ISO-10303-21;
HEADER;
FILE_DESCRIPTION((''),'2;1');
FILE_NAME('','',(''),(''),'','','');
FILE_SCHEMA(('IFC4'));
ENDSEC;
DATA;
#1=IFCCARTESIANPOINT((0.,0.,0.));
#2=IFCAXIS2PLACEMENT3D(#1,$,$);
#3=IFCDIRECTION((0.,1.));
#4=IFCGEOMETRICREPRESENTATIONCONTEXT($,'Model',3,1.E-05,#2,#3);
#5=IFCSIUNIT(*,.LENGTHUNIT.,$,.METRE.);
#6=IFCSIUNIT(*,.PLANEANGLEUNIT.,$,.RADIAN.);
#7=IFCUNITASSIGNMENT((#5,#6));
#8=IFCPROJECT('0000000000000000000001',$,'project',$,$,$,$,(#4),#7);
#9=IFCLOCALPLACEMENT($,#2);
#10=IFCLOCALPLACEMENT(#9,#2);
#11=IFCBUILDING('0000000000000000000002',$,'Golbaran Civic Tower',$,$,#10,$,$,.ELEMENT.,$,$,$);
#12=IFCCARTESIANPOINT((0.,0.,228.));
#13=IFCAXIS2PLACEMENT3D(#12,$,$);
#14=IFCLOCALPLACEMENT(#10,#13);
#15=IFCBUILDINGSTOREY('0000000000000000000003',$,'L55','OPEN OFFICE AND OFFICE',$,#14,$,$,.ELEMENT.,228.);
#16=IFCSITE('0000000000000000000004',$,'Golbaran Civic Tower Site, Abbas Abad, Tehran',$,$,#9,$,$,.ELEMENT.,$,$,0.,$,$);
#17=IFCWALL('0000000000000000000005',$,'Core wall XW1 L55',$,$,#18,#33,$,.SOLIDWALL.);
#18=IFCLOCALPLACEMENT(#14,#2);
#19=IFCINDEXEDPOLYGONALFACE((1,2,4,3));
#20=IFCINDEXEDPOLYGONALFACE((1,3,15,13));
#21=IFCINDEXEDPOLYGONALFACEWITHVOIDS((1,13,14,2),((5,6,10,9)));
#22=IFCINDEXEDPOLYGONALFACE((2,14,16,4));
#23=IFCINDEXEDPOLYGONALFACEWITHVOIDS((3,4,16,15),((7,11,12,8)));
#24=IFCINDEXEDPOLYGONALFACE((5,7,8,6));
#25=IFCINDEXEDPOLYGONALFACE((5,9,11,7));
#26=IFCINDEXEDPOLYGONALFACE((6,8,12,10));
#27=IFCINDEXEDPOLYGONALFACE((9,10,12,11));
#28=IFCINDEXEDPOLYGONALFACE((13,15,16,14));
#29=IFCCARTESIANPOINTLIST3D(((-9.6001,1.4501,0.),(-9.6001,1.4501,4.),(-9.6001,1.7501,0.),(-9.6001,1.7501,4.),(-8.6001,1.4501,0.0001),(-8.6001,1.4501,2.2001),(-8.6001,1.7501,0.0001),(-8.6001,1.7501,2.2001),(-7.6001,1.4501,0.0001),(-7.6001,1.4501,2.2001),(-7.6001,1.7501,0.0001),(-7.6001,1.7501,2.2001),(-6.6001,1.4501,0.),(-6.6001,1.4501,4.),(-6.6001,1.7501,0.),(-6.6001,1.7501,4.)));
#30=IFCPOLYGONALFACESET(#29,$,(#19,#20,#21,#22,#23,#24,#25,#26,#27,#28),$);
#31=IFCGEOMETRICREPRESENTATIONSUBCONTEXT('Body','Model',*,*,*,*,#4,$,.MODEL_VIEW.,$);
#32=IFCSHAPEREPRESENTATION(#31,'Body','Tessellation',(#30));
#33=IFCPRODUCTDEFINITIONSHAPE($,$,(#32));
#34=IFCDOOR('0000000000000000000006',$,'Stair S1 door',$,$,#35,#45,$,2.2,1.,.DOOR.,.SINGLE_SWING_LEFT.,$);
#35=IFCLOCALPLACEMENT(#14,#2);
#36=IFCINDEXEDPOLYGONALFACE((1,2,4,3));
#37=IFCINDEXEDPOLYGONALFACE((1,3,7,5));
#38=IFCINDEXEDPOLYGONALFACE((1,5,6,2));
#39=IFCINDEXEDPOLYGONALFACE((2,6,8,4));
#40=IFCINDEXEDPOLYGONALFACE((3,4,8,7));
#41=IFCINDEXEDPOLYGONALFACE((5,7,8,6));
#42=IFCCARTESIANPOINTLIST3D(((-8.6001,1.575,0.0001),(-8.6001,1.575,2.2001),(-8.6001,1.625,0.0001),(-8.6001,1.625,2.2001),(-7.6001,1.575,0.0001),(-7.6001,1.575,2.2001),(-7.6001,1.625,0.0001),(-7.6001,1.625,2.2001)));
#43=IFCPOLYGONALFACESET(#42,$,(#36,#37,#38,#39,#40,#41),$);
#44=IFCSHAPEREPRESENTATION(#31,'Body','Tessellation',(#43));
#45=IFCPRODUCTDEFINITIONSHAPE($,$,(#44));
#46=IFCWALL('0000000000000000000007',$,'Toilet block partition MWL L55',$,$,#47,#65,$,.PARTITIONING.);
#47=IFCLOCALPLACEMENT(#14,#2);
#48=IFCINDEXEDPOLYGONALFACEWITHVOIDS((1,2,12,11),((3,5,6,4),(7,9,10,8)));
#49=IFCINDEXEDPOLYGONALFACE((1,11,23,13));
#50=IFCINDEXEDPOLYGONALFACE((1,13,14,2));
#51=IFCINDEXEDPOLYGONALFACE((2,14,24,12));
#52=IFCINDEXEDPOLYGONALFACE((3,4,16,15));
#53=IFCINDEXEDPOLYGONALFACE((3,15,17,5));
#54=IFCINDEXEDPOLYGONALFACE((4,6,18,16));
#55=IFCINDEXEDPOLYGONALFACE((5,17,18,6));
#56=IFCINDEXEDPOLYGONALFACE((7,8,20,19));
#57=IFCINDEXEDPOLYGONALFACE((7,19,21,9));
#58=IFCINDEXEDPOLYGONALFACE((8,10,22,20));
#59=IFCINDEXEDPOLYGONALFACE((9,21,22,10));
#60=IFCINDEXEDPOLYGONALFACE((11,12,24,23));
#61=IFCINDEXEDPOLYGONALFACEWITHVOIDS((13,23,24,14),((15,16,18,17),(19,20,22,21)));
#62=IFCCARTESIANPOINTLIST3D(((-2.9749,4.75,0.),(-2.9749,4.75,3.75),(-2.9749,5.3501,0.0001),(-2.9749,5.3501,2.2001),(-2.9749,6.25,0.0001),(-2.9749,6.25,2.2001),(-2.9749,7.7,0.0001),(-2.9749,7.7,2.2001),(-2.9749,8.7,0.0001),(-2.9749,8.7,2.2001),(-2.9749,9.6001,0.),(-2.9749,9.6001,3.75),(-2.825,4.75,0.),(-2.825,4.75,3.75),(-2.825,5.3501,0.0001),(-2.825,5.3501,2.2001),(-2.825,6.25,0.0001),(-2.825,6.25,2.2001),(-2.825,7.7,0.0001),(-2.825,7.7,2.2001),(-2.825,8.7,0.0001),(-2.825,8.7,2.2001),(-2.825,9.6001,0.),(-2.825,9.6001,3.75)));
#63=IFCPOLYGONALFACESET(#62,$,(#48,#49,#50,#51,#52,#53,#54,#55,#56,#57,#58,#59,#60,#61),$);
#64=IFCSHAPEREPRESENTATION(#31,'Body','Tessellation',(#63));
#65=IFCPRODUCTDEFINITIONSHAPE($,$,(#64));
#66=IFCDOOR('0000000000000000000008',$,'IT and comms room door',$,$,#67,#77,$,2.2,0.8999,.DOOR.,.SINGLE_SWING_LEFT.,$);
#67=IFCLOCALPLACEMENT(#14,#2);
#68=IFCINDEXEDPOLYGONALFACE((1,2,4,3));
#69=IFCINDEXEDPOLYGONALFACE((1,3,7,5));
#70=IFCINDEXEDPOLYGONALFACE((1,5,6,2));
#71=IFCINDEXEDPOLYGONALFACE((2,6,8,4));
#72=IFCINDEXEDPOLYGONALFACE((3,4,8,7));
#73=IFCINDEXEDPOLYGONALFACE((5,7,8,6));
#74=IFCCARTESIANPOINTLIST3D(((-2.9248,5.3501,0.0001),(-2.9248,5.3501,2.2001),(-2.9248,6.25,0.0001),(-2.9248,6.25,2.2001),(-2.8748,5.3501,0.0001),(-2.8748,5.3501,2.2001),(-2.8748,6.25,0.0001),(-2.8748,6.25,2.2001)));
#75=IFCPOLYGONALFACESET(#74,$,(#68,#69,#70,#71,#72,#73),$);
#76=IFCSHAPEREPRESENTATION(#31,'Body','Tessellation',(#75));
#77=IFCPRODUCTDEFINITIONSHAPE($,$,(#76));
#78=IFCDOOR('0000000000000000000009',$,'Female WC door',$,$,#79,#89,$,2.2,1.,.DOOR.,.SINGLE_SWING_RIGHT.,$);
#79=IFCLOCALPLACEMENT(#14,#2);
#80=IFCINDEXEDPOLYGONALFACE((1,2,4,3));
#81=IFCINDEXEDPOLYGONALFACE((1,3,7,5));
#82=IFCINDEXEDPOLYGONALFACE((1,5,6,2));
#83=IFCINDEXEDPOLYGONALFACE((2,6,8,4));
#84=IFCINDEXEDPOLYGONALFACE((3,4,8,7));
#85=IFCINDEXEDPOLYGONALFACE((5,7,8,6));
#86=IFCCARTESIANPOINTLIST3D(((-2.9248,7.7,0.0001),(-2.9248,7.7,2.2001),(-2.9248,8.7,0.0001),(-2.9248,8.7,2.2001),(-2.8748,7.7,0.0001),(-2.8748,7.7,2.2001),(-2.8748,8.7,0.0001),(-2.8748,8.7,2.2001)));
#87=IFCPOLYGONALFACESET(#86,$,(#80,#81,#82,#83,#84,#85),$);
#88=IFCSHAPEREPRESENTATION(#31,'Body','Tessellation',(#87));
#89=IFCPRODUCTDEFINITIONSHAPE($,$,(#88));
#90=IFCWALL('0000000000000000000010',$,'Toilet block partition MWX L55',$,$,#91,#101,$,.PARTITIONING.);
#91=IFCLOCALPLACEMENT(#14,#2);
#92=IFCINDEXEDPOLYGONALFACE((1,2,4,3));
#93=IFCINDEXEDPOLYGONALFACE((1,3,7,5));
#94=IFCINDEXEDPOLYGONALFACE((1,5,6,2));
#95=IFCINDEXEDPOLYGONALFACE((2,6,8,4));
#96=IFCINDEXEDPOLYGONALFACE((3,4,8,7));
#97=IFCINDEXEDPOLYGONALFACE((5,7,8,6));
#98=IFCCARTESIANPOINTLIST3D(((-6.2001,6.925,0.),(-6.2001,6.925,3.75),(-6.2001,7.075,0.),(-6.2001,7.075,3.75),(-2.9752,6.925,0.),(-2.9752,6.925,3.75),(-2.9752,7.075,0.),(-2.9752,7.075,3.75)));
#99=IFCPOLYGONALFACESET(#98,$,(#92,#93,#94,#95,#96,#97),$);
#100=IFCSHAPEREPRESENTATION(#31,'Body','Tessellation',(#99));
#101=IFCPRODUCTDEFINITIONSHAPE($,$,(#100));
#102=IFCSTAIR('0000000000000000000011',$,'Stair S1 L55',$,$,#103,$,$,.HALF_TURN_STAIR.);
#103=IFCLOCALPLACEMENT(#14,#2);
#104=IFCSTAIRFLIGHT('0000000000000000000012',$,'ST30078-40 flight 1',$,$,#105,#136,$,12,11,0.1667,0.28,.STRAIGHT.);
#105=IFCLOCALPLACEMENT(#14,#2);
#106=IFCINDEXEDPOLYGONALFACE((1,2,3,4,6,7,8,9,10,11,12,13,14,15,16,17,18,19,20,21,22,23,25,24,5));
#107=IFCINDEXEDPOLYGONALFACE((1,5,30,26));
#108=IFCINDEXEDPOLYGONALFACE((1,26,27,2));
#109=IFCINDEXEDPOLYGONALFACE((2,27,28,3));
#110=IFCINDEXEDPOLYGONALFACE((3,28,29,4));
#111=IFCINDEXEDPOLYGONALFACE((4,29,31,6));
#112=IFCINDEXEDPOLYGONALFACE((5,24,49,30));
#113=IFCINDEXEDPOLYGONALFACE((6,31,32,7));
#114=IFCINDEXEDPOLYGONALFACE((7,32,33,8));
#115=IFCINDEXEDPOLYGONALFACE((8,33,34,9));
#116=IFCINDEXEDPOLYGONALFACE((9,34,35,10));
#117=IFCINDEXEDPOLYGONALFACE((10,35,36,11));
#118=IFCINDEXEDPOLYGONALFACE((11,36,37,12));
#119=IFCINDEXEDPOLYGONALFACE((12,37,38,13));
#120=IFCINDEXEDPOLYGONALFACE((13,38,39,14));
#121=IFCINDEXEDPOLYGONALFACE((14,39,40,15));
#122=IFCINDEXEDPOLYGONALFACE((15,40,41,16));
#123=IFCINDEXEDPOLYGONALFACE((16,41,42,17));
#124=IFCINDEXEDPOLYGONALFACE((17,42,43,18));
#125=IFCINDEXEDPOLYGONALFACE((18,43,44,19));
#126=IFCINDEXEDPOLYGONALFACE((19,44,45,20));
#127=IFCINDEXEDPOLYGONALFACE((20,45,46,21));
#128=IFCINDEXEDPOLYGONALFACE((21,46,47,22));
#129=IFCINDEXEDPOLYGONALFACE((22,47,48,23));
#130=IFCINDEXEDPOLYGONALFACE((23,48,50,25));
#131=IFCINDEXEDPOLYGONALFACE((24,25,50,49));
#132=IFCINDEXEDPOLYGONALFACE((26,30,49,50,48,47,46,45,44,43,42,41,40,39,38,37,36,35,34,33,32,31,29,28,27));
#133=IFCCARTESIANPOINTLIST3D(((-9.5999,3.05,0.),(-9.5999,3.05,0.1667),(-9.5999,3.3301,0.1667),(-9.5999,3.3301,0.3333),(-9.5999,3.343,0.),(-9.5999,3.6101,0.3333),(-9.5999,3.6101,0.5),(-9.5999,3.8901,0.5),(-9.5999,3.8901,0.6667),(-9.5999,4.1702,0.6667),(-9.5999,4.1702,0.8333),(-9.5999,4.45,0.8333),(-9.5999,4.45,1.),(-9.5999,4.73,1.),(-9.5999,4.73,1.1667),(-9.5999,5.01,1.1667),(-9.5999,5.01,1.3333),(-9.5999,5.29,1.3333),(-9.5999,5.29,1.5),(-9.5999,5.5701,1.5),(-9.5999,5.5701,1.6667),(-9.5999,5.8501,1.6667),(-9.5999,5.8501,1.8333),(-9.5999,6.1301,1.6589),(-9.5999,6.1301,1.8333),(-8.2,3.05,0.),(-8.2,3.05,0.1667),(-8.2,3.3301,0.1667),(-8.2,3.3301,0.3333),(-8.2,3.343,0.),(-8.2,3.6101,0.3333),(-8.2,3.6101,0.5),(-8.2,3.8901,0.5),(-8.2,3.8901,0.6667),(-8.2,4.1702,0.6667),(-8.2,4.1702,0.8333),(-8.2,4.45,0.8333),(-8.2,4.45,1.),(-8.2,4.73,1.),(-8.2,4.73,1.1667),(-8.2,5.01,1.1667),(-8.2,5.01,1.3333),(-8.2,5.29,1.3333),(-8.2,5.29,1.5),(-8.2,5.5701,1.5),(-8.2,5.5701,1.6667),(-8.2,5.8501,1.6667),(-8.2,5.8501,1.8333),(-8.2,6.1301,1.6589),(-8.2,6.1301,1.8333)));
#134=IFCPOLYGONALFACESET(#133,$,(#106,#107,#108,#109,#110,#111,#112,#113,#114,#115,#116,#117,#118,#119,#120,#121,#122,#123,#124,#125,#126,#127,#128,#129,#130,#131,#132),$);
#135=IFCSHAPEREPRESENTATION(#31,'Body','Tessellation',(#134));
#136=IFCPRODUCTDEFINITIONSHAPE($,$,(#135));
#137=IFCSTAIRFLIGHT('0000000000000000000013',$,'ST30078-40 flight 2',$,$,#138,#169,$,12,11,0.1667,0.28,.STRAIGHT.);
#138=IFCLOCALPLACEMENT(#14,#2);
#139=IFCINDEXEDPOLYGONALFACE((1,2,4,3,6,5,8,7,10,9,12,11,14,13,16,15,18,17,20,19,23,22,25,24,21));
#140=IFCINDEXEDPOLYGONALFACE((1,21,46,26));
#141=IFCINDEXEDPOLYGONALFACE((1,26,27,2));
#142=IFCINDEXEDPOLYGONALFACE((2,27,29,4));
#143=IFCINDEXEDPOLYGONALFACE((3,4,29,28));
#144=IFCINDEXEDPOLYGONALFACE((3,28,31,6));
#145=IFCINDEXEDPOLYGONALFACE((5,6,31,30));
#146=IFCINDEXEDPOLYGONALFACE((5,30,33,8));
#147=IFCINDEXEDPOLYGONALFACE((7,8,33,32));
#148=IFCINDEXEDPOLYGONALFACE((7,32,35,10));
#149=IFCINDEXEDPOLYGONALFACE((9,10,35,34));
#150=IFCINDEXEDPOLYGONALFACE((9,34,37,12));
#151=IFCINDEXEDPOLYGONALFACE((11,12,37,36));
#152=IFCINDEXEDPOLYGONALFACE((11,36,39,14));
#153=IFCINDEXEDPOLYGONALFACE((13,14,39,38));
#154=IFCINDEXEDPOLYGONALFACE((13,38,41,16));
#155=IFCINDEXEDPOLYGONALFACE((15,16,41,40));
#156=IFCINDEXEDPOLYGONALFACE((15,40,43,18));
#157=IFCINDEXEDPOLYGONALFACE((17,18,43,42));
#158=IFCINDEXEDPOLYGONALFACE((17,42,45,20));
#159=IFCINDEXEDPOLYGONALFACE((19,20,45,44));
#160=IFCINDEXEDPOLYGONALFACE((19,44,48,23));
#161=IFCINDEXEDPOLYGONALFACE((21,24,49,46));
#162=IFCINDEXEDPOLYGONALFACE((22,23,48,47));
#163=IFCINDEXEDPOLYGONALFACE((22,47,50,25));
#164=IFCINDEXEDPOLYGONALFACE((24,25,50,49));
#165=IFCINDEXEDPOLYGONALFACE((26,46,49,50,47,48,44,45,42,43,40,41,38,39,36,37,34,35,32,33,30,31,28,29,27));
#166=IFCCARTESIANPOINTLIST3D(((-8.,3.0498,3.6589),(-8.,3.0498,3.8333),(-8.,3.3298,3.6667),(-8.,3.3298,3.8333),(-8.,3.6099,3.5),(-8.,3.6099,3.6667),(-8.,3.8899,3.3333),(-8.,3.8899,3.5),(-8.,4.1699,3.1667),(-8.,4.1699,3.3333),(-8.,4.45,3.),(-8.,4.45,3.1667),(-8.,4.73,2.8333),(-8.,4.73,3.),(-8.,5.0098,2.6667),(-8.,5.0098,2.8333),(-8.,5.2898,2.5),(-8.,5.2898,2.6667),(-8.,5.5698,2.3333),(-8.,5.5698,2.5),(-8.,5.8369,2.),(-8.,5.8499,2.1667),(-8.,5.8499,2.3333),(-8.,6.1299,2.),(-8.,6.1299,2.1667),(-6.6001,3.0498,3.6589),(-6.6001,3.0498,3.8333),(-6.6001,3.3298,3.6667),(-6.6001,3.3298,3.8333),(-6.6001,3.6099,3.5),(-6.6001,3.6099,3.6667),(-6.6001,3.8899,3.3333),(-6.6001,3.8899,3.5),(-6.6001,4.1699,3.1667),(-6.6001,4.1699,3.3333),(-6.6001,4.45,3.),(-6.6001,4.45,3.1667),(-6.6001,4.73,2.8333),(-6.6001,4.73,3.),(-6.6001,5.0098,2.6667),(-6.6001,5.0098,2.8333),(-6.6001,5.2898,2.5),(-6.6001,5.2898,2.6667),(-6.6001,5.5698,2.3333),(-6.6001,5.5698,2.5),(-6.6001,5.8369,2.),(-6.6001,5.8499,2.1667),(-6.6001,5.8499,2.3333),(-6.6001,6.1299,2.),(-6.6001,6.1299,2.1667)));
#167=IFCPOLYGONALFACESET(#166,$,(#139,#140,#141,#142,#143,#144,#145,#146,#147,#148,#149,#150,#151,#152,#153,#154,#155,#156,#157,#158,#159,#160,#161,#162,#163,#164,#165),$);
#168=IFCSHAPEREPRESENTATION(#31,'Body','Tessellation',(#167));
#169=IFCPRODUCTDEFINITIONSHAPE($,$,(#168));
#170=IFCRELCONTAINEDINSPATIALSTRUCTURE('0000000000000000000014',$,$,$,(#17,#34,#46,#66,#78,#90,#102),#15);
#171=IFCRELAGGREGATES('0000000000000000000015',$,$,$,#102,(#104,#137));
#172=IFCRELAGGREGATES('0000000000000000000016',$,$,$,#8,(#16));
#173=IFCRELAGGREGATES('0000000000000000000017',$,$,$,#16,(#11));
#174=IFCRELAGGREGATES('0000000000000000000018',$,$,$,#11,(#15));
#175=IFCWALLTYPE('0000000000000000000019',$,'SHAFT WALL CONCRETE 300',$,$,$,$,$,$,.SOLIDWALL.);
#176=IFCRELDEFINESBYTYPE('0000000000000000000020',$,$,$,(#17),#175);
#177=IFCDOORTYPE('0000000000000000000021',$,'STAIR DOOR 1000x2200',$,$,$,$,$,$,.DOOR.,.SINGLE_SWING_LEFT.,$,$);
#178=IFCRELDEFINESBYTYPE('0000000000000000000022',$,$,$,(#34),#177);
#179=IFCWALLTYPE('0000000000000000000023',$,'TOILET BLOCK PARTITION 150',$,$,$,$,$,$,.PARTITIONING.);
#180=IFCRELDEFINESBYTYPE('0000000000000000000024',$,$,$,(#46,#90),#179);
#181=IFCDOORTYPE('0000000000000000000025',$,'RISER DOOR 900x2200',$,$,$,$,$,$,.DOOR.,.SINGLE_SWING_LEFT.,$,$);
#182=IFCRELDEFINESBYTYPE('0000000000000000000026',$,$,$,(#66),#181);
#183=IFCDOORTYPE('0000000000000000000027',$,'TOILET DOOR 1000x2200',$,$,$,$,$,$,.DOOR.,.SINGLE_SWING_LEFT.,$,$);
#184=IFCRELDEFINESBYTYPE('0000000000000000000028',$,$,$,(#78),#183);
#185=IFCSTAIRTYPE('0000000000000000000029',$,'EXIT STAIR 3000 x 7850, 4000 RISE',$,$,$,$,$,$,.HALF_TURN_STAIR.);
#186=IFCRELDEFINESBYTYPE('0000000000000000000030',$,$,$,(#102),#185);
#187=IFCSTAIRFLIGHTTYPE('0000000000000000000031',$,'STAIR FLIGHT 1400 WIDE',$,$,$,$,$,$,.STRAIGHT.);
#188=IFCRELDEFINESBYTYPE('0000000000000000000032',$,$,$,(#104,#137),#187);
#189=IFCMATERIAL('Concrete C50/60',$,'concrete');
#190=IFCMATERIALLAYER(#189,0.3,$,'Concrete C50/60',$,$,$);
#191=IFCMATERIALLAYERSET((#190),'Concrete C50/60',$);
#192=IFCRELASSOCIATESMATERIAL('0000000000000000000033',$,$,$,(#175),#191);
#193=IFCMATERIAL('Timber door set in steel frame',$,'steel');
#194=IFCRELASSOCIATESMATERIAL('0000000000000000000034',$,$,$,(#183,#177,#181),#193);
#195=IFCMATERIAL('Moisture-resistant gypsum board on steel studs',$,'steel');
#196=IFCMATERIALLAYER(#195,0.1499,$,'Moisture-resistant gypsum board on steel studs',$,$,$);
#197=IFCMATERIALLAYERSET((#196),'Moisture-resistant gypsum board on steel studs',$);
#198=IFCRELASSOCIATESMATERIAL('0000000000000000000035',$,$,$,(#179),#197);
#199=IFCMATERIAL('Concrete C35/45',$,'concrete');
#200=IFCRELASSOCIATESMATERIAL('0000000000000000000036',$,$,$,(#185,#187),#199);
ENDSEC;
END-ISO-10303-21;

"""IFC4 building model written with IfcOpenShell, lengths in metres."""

from ifc_helpers import new_model, si_unit, direction, frame, frame_2d, origin, place, context, subcontext, project, spatial, polyline, rectangle, outline, extrude, material, layer, layer_set, type_object, element, fill, aggregate, save


model = new_model("IFC4")

# Units and contexts
model_context = context("Model", 3, precision=1e-05, world=origin(), true_north=direction((0.0, 1.0)))
body_context = subcontext(model_context, "Body", "Model", "MODEL_VIEW")
ifc_project = project(units=[si_unit("LENGTHUNIT", "METRE"), si_unit("PLANEANGLEUNIT", "RADIAN")], contexts=[model_context])

# Site, building, storey
site_placement = place(None, origin())
site = spatial("IfcSite", under=ifc_project, at=site_placement, Name="Golbaran Civic Tower Site, Abbas Abad, Tehran", CompositionType="ELEMENT", RefElevation=0.0)
building_placement = place(site_placement, origin())
building = spatial("IfcBuilding", under=site, at=building_placement, Name="Golbaran Civic Tower", CompositionType="ELEMENT")
storey_placement = place(building_placement, frame((0.0, 0.0, 228.0)))
storey = spatial("IfcBuildingStorey", under=building, at=storey_placement, Name="L55", Description="OPEN OFFICE AND OFFICE", CompositionType="ELEMENT", Elevation=228.0)

# Shared definitions
ifc_material_1 = material(Name="Concrete C35/45", Category="concrete")

# Shared definitions
ifc_material_2 = material(Name="Concrete C50/60", Category="concrete")

# Shared definitions
ifc_layer_1 = layer(ifc_material_2, 0.3, Name="Concrete C50/60")
ifc_layer_set_1 = layer_set([ifc_layer_1], Name="Concrete C50/60")
wall_type_1 = type_object("IfcWallType", Name="SHAFT WALL CONCRETE 300", PredefinedType="SOLIDWALL", material=ifc_layer_set_1)

# Wall, opening, door
ifc_material_3 = material(Name="Timber door set in steel frame", Category="steel")
door_type_1 = type_object("IfcDoorType", Name="TOILET DOOR 1000x2200", OperationType="SINGLE_SWING_LEFT", PredefinedType="DOOR", material=ifc_material_3)
wall_1_placement = place(storey_placement, frame((-9.6001, 1.6001, 0.0), z_axis=(0.0, 0.0, 1.0), x_axis=(1.0, 0.0, 0.0)))
wall_1 = element("IfcWall", 1, at=wall_1_placement, inside=storey, type_object=wall_type_1, Name="Core wall XW1 L55", PredefinedType="SOLIDWALL", context=body_context, shape_type="SweptSolid", body=[
    extrude(rectangle(XDim=3.0, YDim=0.3, at=frame_2d((1.5, 0.0))), origin(), (0.0, 0.0, 1.0), 4.0),
])
opening_1_placement = place(wall_1_placement, frame((1.0, 0.0, 0.0)))
opening_1 = element("IfcOpeningElement", 2, at=opening_1_placement, cuts=wall_1, PredefinedType="OPENING", context=body_context, shape_type="SweptSolid", body=[
    extrude(rectangle(XDim=1.0, YDim=2.2, at=frame_2d((0.5, 1.1001))), frame((0.0, 0.1599, 0.0), z_axis=(0.0, -1.0, 0.0), x_axis=(1.0, 0.0, 0.0)), (0.0, 0.0, 1.0), 0.3201),
])
door_type_2 = type_object("IfcDoorType", Name="STAIR DOOR 1000x2200", OperationType="SINGLE_SWING_LEFT", PredefinedType="DOOR", material=ifc_material_3)
door_1_placement = place(opening_1_placement, origin())
door_1 = element("IfcDoor", 3, at=door_1_placement, inside=storey, type_object=door_type_2, Name="Stair S1 door", OperationType="SINGLE_SWING_LEFT", OverallHeight=2.2, OverallWidth=1.0, PredefinedType="DOOR", context=body_context, shape_type="SweptSolid", body=[
    extrude(rectangle(XDim=1.0, YDim=2.2, at=frame_2d((0.5, 1.1001))), frame((0.0, 0.0249, 0.0), z_axis=(0.0, -1.0, 0.0), x_axis=(1.0, 0.0, 0.0)), (0.0, 0.0, 1.0), 0.05),
])
fill(opening_1, door_1)

# Wall, openings, doors
ifc_material_4 = material(Name="Moisture-resistant gypsum board on steel studs", Category="steel")
ifc_layer_2 = layer(ifc_material_4, 0.1499, Name="Moisture-resistant gypsum board on steel studs")
ifc_layer_set_2 = layer_set([ifc_layer_2], Name="Moisture-resistant gypsum board on steel studs")
wall_type_2 = type_object("IfcWallType", Name="TOILET BLOCK PARTITION 150", PredefinedType="PARTITIONING", material=ifc_layer_set_2)
wall_2_placement = place(storey_placement, frame((-2.8999, 4.75, 0.0), z_axis=(0.0, 0.0, 1.0), x_axis=(0.0, 1.0, 0.0)))
wall_2 = element("IfcWall", 4, at=wall_2_placement, inside=storey, type_object=wall_type_2, Name="Toilet block partition MWL L55", PredefinedType="PARTITIONING", context=body_context, shape_type="SweptSolid", body=[
    extrude(rectangle(XDim=4.8501, YDim=0.1499, at=frame_2d((2.425, 0.0))), origin(), (0.0, 0.0, 1.0), 3.75),
])
opening_2_placement = place(wall_2_placement, frame((2.95, 0.0, 0.0)))
opening_2 = element("IfcOpeningElement", 5, at=opening_2_placement, cuts=wall_2, PredefinedType="OPENING", context=body_context, shape_type="SweptSolid", body=[
    extrude(rectangle(XDim=1.0, YDim=2.2, at=frame_2d((0.5, 1.1001))), frame((0.0, 0.085, 0.0), z_axis=(0.0, -1.0, 0.0), x_axis=(1.0, 0.0, 0.0)), (0.0, 0.0, 1.0), 0.1699),
])
opening_3_placement = place(wall_2_placement, frame((0.6001, 0.0, 0.0)))
opening_3 = element("IfcOpeningElement", 6, at=opening_3_placement, cuts=wall_2, PredefinedType="OPENING", context=body_context, shape_type="SweptSolid", body=[
    extrude(rectangle(XDim=0.8999, YDim=2.2, at=frame_2d((0.45, 1.1001))), frame((0.0, 0.085, 0.0), z_axis=(0.0, -1.0, 0.0), x_axis=(1.0, 0.0, 0.0)), (0.0, 0.0, 1.0), 0.1699),
])
door_type_3 = type_object("IfcDoorType", Name="RISER DOOR 900x2200", OperationType="SINGLE_SWING_LEFT", PredefinedType="DOOR", material=ifc_material_3)
door_2_placement = place(opening_3_placement, origin())
door_2 = element("IfcDoor", 7, at=door_2_placement, inside=storey, type_object=door_type_3, Name="IT and comms room door", OperationType="SINGLE_SWING_LEFT", OverallHeight=2.2, OverallWidth=0.8999, PredefinedType="DOOR", context=body_context, shape_type="SweptSolid", body=[
    extrude(rectangle(XDim=0.8999, YDim=2.2, at=frame_2d((0.45, 1.1001))), frame((0.0, 0.0249, 0.0), z_axis=(0.0, -1.0, 0.0), x_axis=(1.0, 0.0, 0.0)), (0.0, 0.0, 1.0), 0.05),
])
fill(opening_3, door_2)
door_3_placement = place(opening_2_placement, origin())
door_3 = element("IfcDoor", 8, at=door_3_placement, inside=storey, type_object=door_type_1, Name="Female WC door", OperationType="SINGLE_SWING_RIGHT", OverallHeight=2.2, OverallWidth=1.0, PredefinedType="DOOR", context=body_context, shape_type="SweptSolid", body=[
    extrude(rectangle(XDim=1.0, YDim=2.2, at=frame_2d((0.5, 1.1001))), frame((0.0, 0.0249, 0.0), z_axis=(0.0, -1.0, 0.0), x_axis=(1.0, 0.0, 0.0)), (0.0, 0.0, 1.0), 0.05),
])
fill(opening_2, door_3)

# Wall
wall_3_placement = place(storey_placement, frame((-6.2, 7.0, 0.0), z_axis=(0.0, 0.0, 1.0), x_axis=(1.0, 0.0, 0.0)))
element("IfcWall", 9, at=wall_3_placement, inside=storey, type_object=wall_type_2, Name="Toilet block partition MWX L55", PredefinedType="PARTITIONING", context=body_context, shape_type="SweptSolid", body=[
    extrude(rectangle(XDim=3.2249, YDim=0.1499, at=frame_2d((1.6123, 0.0))), origin(), (0.0, 0.0, 1.0), 3.75),
])

# Stair, stair flights
stair_type = type_object("IfcStairType", Name="EXIT STAIR 3000 x 7850, 4000 RISE", PredefinedType="HALF_TURN_STAIR", material=ifc_material_1)
stair_placement = place(storey_placement, origin())
stair = element("IfcStair", 10, at=stair_placement, inside=storey, type_object=stair_type, Name="Stair S1 L55", PredefinedType="HALF_TURN_STAIR")
stair_flight_type = type_object("IfcStairFlightType", Name="STAIR FLIGHT 1400 WIDE", PredefinedType="STRAIGHT", material=ifc_material_1)
stair_flight_1_placement = place(storey_placement, frame((-8.8999, 3.05, 0.0), z_axis=(0.0, 0.0, 1.0), x_axis=(0.0, 1.0, 0.0)))
stair_flight_1 = element("IfcStairFlight", 11, at=stair_flight_1_placement, type_object=stair_flight_type, Name="ST30078-40 flight 1", NumberOfRisers=12, NumberOfTreads=11, PredefinedType="STRAIGHT", RiserHeight=0.1667, TreadLength=0.28, context=body_context, shape_type="SweptSolid", body=[
    extrude(outline(polyline([(0.0, 0.0), (0.0, 0.1667), (0.28, 0.1667), (0.28, 0.3333), (0.5601, 0.3333), (0.5601, 0.5), (0.8401, 0.5), (0.8401, 0.6667), (1.1201, 0.6667), (1.1201, 0.8333), (1.3999, 0.8333), (1.3999, 1.0), (1.6799, 1.0), (1.6799, 1.1667), (1.96, 1.1667), (1.96, 1.3333), (2.24, 1.3333), (2.24, 1.5), (2.52, 1.5), (2.52, 1.6667), (2.8, 1.6667), (2.8, 1.8333), (3.0801, 1.8333), (3.0801, 2.0), (3.0801, 1.6589), (0.293, 0.0), (0.0, 0.0)])), frame((0.0, 0.7, 0.0), z_axis=(0.0, -1.0, 0.0), x_axis=(1.0, 0.0, 0.0)), (0.0, 0.0, 1.0), 1.3999),
])
stair_flight_2_placement = place(storey_placement, frame((-7.3, 6.1299, 2.0), z_axis=(0.0, 0.0, 1.0), x_axis=(0.0, -1.0, 0.0)))
stair_flight_2 = element("IfcStairFlight", 12, at=stair_flight_2_placement, type_object=stair_flight_type, Name="ST30078-40 flight 2", NumberOfRisers=12, NumberOfTreads=11, PredefinedType="STRAIGHT", RiserHeight=0.1667, TreadLength=0.28, context=body_context, shape_type="SweptSolid", body=[
    extrude(outline(polyline([(0.0, 0.0), (0.0, 0.1667), (0.28, 0.1667), (0.28, 0.3333), (0.5601, 0.3333), (0.5601, 0.5), (0.8401, 0.5), (0.8401, 0.6667), (1.1201, 0.6667), (1.1201, 0.8333), (1.3999, 0.8333), (1.3999, 1.0), (1.6799, 1.0), (1.6799, 1.1667), (1.96, 1.1667), (1.96, 1.3333), (2.24, 1.3333), (2.24, 1.5), (2.52, 1.5), (2.52, 1.6667), (2.8, 1.6667), (2.8, 1.8333), (3.0801, 1.8333), (3.0801, 2.0), (3.0801, 1.6589), (0.293, 0.0), (0.0, 0.0)])), frame((0.0, 0.7, 0.0), z_axis=(0.0, -1.0, 0.0), x_axis=(1.0, 0.0, 0.0)), (0.0, 0.0, 1.0), 1.3999),
])
aggregate(stair, [stair_flight_1, stair_flight_2])

save(model, "model.ifc")
